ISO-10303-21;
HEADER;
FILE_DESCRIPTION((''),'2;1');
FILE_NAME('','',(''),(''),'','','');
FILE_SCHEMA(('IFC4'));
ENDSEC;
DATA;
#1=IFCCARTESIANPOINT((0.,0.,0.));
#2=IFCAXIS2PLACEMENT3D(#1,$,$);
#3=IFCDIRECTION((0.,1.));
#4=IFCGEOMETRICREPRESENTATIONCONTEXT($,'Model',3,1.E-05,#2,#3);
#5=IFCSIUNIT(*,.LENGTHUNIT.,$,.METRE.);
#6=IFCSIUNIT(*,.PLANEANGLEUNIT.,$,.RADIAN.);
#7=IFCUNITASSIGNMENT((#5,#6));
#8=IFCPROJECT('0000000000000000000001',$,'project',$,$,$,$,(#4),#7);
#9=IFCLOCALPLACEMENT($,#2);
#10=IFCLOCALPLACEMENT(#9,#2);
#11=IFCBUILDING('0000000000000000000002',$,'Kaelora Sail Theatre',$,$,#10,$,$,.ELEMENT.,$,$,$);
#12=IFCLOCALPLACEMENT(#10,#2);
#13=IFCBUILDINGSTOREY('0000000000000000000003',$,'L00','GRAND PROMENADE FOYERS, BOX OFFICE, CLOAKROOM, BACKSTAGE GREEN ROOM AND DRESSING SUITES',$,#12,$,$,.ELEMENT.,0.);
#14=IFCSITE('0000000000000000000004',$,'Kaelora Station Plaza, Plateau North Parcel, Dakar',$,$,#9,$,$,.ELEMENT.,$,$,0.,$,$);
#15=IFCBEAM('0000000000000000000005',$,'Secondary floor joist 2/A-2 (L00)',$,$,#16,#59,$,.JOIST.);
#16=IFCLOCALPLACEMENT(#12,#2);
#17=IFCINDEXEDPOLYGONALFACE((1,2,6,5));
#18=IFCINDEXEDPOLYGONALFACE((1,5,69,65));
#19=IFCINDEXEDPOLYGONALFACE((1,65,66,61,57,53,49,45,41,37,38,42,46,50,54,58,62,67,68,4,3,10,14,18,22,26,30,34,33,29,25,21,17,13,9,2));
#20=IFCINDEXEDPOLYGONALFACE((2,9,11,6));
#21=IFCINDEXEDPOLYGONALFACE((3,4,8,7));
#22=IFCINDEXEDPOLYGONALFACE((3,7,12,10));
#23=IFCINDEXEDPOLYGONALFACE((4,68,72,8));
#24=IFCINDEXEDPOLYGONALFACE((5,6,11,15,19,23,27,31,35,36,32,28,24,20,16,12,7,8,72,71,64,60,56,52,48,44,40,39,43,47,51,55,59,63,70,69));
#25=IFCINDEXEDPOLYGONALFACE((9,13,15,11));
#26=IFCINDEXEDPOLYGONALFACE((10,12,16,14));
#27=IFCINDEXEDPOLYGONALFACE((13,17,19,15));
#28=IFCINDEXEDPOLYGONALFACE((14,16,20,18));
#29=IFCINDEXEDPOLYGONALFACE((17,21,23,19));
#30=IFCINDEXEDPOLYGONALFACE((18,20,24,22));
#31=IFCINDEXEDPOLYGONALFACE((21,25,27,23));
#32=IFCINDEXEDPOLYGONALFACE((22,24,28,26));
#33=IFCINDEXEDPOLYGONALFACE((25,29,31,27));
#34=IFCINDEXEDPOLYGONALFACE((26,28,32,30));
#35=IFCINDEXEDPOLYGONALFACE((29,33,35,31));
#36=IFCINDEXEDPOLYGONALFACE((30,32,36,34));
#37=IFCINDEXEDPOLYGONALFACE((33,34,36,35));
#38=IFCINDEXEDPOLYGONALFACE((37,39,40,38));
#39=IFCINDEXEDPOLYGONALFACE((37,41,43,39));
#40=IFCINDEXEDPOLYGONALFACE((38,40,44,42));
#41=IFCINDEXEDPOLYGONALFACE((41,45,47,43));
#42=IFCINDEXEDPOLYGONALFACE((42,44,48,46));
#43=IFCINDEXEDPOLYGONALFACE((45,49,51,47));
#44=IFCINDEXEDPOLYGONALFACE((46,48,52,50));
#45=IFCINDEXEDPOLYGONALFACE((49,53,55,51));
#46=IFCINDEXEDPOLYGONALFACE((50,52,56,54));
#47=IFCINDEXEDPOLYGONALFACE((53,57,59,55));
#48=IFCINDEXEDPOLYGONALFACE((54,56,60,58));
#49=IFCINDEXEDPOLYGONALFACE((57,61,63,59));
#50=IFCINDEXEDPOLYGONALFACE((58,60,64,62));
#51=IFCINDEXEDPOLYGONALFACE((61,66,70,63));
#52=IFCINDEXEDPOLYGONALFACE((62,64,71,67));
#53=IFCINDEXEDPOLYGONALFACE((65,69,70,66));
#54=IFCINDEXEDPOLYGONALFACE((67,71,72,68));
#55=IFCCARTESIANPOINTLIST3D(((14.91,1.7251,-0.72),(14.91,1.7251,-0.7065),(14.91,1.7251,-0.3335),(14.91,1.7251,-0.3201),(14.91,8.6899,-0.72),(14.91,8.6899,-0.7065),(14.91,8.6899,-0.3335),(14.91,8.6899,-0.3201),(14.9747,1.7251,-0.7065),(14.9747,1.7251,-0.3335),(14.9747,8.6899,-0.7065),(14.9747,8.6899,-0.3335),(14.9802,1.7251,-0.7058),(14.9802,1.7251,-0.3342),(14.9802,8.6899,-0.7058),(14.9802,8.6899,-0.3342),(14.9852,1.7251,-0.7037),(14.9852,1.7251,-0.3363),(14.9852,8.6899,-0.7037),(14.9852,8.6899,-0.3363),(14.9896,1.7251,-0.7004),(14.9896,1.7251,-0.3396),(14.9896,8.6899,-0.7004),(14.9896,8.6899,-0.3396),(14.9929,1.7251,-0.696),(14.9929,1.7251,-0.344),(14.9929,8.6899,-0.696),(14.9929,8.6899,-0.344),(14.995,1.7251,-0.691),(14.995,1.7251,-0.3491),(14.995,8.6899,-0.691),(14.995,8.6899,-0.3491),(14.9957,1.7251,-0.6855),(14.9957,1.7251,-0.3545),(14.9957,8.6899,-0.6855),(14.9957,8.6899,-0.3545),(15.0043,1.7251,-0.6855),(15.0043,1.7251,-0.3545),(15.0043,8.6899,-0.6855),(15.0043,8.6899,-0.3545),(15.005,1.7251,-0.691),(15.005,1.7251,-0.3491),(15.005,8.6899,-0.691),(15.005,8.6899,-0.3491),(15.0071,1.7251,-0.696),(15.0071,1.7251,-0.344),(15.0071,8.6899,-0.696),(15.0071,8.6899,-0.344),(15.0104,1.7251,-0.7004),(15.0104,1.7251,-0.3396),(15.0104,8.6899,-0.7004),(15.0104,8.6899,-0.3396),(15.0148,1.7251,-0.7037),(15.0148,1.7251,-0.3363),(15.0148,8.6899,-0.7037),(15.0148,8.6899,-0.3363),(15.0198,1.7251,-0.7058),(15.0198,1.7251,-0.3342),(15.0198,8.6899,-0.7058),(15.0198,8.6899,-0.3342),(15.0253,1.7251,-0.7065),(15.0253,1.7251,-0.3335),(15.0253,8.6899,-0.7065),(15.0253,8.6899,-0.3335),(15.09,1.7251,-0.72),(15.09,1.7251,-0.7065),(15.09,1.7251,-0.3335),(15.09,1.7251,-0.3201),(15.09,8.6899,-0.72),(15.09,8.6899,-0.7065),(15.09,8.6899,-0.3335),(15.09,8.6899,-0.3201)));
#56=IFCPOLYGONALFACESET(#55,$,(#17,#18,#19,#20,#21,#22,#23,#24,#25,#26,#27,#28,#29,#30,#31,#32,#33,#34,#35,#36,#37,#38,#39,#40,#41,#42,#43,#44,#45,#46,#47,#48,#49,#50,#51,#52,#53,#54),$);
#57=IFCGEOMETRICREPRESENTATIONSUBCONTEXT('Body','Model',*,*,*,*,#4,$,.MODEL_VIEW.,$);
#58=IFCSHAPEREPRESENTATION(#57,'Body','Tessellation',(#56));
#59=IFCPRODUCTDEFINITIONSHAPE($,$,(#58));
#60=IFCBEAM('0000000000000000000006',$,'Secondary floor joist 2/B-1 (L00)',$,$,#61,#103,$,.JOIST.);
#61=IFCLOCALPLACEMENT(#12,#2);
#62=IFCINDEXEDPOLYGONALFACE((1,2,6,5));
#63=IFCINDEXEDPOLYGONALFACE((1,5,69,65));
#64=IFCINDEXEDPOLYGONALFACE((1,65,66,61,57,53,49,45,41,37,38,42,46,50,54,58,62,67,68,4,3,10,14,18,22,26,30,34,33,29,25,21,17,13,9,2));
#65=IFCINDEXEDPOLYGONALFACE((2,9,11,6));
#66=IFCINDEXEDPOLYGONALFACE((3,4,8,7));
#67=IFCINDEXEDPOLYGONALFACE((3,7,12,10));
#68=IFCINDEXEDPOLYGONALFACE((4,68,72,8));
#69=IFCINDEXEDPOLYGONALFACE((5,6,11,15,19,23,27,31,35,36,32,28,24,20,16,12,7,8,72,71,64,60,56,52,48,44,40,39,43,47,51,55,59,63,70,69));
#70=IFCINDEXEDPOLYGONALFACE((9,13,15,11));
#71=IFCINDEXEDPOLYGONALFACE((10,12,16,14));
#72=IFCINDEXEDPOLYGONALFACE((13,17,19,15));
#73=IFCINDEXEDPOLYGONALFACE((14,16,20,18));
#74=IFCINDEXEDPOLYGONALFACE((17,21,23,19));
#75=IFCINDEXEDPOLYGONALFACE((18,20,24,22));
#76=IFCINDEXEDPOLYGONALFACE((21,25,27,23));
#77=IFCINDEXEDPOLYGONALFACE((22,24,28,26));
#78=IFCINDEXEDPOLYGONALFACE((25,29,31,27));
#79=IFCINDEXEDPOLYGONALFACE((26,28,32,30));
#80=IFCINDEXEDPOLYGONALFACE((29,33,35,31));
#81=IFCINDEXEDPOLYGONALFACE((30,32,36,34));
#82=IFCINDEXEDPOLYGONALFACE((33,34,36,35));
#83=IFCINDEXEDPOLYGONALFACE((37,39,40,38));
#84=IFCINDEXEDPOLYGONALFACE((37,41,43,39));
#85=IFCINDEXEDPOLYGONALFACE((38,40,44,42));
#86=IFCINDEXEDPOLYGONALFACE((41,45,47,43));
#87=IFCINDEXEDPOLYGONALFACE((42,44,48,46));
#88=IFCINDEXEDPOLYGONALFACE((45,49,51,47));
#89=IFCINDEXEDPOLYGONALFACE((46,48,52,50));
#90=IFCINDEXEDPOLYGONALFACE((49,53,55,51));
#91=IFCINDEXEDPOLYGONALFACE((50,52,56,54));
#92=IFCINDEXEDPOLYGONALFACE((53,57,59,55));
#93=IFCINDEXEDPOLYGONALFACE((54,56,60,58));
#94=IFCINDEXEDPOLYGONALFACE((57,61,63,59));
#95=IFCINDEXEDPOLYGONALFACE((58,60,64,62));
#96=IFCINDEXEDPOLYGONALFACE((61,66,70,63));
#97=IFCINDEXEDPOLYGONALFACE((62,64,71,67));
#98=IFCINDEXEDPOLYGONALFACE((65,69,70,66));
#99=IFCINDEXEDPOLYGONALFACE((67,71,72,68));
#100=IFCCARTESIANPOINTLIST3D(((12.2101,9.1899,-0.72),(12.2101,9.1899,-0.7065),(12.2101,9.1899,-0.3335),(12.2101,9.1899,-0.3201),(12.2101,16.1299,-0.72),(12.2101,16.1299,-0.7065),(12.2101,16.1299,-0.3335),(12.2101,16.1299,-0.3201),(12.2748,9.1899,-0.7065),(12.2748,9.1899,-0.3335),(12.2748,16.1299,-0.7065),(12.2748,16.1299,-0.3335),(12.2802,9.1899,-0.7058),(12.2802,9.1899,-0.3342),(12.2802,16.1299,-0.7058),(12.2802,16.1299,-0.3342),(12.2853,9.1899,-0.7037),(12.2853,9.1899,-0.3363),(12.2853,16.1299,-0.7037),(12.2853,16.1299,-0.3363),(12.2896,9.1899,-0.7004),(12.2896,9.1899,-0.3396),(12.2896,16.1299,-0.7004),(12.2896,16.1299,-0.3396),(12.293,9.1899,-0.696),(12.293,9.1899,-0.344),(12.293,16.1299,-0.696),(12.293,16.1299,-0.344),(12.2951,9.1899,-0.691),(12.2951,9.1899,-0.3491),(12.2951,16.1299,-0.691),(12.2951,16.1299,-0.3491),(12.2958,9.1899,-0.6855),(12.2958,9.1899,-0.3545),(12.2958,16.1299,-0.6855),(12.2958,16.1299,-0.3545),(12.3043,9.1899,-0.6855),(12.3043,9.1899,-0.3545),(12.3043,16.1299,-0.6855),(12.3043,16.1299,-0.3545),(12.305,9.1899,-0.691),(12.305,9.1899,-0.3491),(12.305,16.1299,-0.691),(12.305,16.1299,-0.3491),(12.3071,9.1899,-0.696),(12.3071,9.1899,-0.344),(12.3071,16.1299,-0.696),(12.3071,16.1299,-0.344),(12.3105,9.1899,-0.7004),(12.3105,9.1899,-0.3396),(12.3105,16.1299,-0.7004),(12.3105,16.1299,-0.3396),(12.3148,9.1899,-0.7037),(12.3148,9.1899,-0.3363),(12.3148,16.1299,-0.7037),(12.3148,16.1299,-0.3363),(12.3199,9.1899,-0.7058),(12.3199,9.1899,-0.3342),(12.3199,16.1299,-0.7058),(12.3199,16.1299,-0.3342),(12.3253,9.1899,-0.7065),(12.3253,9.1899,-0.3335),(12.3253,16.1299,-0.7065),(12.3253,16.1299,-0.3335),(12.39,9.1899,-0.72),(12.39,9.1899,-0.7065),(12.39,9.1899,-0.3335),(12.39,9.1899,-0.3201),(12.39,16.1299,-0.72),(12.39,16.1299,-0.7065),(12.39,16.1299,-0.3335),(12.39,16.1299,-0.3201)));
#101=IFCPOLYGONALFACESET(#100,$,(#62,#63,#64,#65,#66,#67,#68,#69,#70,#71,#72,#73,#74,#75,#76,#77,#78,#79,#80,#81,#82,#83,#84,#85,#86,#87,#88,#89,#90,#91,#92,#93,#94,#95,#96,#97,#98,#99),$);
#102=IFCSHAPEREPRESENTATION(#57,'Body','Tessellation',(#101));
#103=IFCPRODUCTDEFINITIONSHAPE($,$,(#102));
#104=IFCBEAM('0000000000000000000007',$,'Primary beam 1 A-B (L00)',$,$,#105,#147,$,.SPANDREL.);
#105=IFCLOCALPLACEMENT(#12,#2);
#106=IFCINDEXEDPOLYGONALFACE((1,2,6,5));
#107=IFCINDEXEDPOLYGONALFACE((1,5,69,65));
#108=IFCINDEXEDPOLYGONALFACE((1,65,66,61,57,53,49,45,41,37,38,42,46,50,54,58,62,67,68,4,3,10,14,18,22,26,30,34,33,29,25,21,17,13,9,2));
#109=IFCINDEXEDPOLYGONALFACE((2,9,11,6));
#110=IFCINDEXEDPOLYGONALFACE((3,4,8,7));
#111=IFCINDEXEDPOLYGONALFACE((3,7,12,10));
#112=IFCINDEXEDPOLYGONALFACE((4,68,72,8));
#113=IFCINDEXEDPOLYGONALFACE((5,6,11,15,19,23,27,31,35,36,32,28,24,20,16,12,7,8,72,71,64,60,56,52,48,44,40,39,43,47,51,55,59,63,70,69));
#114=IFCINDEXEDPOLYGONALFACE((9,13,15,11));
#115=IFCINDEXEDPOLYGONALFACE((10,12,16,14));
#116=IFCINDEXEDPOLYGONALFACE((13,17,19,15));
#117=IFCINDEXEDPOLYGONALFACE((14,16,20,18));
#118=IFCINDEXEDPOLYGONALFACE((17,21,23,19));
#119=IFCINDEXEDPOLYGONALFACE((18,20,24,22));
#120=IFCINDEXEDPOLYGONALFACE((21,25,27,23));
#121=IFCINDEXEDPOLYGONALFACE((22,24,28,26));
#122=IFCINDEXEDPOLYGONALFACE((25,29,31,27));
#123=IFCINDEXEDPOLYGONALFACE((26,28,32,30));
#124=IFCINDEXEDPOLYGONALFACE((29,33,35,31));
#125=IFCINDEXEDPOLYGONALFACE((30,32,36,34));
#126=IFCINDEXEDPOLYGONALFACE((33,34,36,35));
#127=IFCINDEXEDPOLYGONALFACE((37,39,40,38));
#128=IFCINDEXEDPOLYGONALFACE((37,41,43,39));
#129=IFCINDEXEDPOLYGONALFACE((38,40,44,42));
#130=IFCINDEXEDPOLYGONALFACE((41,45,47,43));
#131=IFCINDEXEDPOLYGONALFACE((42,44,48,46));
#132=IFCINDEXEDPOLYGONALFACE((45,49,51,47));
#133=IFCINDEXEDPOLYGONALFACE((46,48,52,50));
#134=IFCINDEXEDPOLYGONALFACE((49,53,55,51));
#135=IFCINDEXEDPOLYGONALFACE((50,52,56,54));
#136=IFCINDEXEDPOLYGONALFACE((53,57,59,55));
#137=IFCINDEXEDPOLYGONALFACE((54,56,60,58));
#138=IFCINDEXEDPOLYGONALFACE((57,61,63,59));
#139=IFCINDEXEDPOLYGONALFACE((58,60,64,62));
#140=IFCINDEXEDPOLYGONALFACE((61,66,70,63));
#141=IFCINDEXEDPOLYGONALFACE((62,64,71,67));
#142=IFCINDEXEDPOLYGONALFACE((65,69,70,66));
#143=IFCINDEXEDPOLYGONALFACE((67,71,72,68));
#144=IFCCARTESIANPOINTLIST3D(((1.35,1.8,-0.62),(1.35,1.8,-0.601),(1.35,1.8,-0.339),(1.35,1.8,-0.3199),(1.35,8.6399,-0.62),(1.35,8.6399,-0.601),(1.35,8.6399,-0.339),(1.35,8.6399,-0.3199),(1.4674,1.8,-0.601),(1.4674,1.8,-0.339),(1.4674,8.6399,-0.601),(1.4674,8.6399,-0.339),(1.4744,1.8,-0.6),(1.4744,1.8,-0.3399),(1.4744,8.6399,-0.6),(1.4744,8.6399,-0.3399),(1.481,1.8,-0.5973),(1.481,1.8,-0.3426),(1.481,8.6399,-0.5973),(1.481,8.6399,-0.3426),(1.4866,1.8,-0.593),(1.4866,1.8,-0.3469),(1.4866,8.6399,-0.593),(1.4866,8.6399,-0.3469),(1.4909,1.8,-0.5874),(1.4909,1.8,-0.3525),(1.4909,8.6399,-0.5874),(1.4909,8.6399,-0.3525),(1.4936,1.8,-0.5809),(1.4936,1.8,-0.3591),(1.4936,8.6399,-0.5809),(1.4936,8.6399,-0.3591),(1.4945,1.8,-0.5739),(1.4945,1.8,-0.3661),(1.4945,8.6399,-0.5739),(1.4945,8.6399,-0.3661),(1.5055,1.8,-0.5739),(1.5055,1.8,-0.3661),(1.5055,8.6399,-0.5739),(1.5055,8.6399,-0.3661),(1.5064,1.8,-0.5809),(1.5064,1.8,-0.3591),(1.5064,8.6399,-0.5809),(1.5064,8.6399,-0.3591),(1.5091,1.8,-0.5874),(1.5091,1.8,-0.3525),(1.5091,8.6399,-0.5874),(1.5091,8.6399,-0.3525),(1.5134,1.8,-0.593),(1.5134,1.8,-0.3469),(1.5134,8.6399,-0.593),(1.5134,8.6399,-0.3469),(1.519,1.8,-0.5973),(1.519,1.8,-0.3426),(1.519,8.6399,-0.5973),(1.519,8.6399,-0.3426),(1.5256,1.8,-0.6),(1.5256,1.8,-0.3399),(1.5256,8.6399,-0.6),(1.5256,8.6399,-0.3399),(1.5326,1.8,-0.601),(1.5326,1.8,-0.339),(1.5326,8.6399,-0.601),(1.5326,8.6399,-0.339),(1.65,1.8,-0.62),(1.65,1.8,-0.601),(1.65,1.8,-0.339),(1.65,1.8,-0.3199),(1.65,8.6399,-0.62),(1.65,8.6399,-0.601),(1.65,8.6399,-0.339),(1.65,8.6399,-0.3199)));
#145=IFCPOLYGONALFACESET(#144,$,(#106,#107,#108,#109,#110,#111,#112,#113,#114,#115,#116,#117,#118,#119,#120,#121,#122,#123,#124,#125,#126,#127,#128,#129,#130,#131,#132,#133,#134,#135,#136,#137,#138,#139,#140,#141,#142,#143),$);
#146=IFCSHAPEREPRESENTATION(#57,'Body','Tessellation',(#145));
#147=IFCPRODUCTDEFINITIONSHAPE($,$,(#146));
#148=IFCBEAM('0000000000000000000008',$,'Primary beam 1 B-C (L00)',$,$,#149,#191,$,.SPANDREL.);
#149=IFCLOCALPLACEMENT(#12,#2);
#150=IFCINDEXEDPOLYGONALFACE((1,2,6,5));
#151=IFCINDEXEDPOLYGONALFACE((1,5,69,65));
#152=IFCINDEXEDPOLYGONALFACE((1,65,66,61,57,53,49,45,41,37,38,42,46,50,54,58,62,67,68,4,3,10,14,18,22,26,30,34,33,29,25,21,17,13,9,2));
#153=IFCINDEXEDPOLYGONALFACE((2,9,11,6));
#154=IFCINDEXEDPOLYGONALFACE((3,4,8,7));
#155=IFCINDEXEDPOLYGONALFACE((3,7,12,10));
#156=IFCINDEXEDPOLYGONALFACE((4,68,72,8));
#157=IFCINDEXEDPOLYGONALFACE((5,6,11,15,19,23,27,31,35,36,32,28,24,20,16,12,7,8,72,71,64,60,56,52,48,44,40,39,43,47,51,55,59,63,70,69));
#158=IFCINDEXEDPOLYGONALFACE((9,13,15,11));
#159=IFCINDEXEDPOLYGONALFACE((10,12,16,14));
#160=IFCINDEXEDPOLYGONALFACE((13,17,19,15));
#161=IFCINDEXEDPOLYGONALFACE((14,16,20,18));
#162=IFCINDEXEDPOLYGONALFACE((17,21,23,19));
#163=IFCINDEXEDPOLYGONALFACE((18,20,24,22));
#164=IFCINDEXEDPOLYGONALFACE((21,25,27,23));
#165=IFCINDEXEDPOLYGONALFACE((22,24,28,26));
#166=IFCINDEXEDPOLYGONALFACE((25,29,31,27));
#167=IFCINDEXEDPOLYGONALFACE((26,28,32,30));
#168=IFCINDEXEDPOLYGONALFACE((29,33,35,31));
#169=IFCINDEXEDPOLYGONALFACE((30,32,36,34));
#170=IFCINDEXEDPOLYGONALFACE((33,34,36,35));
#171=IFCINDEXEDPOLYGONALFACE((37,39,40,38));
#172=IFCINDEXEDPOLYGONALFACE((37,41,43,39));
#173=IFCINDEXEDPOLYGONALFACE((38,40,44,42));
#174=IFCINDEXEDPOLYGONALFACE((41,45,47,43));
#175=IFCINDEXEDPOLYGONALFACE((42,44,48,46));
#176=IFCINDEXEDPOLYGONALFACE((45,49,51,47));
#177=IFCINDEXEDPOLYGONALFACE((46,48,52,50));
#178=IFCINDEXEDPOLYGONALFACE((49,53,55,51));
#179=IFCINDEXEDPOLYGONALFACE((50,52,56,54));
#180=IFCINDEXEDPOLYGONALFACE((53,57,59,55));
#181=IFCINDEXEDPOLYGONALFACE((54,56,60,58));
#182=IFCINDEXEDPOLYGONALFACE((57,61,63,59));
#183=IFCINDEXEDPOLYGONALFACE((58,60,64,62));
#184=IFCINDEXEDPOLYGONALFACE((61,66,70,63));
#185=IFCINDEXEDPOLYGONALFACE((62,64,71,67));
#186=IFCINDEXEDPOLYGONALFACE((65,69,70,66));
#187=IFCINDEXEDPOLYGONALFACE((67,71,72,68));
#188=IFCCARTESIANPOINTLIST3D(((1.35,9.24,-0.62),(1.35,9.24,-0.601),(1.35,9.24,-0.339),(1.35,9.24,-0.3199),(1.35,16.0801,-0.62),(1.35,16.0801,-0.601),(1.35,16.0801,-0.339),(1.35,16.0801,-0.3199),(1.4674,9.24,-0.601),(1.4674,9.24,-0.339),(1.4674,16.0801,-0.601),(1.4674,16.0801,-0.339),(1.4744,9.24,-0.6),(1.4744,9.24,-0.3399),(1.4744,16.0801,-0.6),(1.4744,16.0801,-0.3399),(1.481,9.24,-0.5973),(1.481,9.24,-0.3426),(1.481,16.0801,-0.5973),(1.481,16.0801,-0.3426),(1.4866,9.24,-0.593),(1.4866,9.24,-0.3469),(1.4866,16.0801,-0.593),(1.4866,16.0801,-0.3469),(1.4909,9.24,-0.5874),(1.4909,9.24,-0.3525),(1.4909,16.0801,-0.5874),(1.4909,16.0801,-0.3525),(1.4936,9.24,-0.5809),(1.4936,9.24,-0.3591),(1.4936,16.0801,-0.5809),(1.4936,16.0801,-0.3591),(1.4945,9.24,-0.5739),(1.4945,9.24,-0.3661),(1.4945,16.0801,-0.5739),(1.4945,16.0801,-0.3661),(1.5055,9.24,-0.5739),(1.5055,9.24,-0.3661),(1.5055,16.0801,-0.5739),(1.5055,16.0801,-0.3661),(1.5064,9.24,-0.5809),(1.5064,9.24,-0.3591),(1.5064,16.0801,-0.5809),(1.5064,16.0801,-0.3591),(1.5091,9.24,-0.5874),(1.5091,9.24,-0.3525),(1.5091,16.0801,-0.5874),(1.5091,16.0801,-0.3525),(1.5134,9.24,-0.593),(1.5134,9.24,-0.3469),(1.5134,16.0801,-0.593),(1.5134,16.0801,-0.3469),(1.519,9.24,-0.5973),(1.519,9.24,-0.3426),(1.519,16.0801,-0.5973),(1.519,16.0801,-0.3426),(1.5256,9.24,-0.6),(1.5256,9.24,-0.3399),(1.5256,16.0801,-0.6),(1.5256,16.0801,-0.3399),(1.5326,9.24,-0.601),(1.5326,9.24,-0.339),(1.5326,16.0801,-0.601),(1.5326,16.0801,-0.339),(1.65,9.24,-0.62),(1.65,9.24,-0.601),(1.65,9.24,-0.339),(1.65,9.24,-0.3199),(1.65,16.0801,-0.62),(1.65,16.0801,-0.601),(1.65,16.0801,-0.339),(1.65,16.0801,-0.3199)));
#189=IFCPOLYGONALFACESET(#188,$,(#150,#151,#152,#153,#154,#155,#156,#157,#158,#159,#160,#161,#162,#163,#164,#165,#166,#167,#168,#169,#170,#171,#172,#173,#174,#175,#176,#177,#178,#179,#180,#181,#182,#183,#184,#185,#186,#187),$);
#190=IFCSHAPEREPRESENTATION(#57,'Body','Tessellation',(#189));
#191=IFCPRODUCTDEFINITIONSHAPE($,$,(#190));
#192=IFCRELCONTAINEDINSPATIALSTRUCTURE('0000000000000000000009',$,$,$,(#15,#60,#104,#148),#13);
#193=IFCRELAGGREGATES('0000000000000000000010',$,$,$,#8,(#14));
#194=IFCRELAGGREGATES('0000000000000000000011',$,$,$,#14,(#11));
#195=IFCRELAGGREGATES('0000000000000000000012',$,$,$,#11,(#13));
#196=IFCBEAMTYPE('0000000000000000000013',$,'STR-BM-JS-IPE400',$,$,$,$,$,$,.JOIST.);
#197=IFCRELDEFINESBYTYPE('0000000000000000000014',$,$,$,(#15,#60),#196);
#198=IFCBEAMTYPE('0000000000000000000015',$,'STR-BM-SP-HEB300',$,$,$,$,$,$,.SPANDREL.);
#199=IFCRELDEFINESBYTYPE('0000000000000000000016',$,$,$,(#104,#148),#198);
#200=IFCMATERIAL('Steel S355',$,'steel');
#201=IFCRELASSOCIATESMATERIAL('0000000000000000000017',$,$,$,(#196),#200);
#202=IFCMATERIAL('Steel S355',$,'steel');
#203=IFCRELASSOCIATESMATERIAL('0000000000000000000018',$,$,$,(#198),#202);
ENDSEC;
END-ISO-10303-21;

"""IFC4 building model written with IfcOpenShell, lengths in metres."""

from ifc_helpers import new_model, si_unit, direction, frame, origin, origin_2d, place, context, subcontext, project, spatial, i_section, extrude, material, material_profile, profile_set, type_object, element, save


model = new_model("IFC4")

# Units and contexts
model_context = context("Model", 3, precision=1e-05, world=origin(), true_north=direction((0.0, 1.0)))
body_context = subcontext(model_context, "Body", "Model", "MODEL_VIEW")
ifc_project = project(units=[si_unit("LENGTHUNIT", "METRE"), si_unit("PLANEANGLEUNIT", "RADIAN")], contexts=[model_context])

# Site, building, storey
site_placement = place(None, origin())
site = spatial("IfcSite", under=ifc_project, at=site_placement, Name="Kaelora Station Plaza, Plateau North Parcel, Dakar", CompositionType="ELEMENT", RefElevation=0.0)
building_placement = place(site_placement, origin())
building = spatial("IfcBuilding", under=site, at=building_placement, Name="Kaelora Sail Theatre", CompositionType="ELEMENT")
storey_placement = place(building_placement, origin())
storey = spatial("IfcBuildingStorey", under=building, at=storey_placement, Name="L00", Description="GRAND PROMENADE FOYERS, BOX OFFICE, CLOAKROOM, BACKSTAGE GREEN ROOM AND DRESSING SUITES", CompositionType="ELEMENT", Elevation=0.0)

# Beams
ifc_material_1 = material(Name="Steel S355", Category="steel")
ifc_material_profile_1 = material_profile(ifc_material_1, i_section(OverallWidth=0.1799, OverallDepth=0.3999, WebThickness=0.0085, FlangeThickness=0.0134, FilletRadius=0.021, at=origin_2d()), Name="IPE 400")
ifc_profile_set_1 = profile_set([ifc_material_profile_1], Name="Steel S355")
beam_type_1 = type_object("IfcBeamType", Name="STR-BM-JS-IPE400", PredefinedType="JOIST", material=ifc_profile_set_1)
beam_1_placement = place(storey_placement, frame((15.0, 1.7251, -0.52), z_axis=(0.0, 1.0, 0.0), x_axis=(-1.0, 0.0, 0.0)))
element("IfcBeam", 1, at=beam_1_placement, inside=storey, type_object=beam_type_1, Name="Secondary floor joist 2/A-2 (L00)", PredefinedType="JOIST", context=body_context, shape_type="SweptSolid", body=[
    extrude(i_section(OverallWidth=0.1799, OverallDepth=0.3999, WebThickness=0.0085, FlangeThickness=0.0134, FilletRadius=0.021, at=origin_2d()), origin(), (0.0, 0.0, 1.0), 6.9648),
])
beam_2_placement = place(storey_placement, frame((12.3, 9.1899, -0.52), z_axis=(0.0, 1.0, 0.0), x_axis=(-1.0, 0.0, 0.0)))
element("IfcBeam", 2, at=beam_2_placement, inside=storey, type_object=beam_type_1, Name="Secondary floor joist 2/B-1 (L00)", PredefinedType="JOIST", context=body_context, shape_type="SweptSolid", body=[
    extrude(i_section(OverallWidth=0.1799, OverallDepth=0.3999, WebThickness=0.0085, FlangeThickness=0.0134, FilletRadius=0.021, at=origin_2d()), origin(), (0.0, 0.0, 1.0), 6.9399),
])
ifc_material_2 = material(Name="Steel S355", Category="steel")
ifc_material_profile_2 = material_profile(ifc_material_2, i_section(OverallWidth=0.3, OverallDepth=0.3, WebThickness=0.011, FlangeThickness=0.019, FilletRadius=0.0271, at=origin_2d()), Name="HEB 300")
ifc_profile_set_2 = profile_set([ifc_material_profile_2], Name="Steel S355")
beam_type_2 = type_object("IfcBeamType", Name="STR-BM-SP-HEB300", PredefinedType="SPANDREL", material=ifc_profile_set_2)
beam_3_placement = place(storey_placement, frame((1.5, 1.8, -0.47), z_axis=(0.0, 1.0, 0.0), x_axis=(-1.0, 0.0, 0.0)))
element("IfcBeam", 3, at=beam_3_placement, inside=storey, type_object=beam_type_2, Name="Primary beam 1 A-B (L00)", PredefinedType="SPANDREL", context=body_context, shape_type="SweptSolid", body=[
    extrude(i_section(OverallWidth=0.3, OverallDepth=0.3, WebThickness=0.011, FlangeThickness=0.019, FilletRadius=0.0271, at=origin_2d()), origin(), (0.0, 0.0, 1.0), 6.8398),
])
beam_4_placement = place(storey_placement, frame((1.5, 9.24, -0.47), z_axis=(0.0, 1.0, 0.0), x_axis=(-1.0, 0.0, 0.0)))
element("IfcBeam", 4, at=beam_4_placement, inside=storey, type_object=beam_type_2, Name="Primary beam 1 B-C (L00)", PredefinedType="SPANDREL", context=body_context, shape_type="SweptSolid", body=[
    extrude(i_section(OverallWidth=0.3, OverallDepth=0.3, WebThickness=0.011, FlangeThickness=0.019, FilletRadius=0.0271, at=origin_2d()), origin(), (0.0, 0.0, 1.0), 6.8401),
])

save(model, "model.ifc")
